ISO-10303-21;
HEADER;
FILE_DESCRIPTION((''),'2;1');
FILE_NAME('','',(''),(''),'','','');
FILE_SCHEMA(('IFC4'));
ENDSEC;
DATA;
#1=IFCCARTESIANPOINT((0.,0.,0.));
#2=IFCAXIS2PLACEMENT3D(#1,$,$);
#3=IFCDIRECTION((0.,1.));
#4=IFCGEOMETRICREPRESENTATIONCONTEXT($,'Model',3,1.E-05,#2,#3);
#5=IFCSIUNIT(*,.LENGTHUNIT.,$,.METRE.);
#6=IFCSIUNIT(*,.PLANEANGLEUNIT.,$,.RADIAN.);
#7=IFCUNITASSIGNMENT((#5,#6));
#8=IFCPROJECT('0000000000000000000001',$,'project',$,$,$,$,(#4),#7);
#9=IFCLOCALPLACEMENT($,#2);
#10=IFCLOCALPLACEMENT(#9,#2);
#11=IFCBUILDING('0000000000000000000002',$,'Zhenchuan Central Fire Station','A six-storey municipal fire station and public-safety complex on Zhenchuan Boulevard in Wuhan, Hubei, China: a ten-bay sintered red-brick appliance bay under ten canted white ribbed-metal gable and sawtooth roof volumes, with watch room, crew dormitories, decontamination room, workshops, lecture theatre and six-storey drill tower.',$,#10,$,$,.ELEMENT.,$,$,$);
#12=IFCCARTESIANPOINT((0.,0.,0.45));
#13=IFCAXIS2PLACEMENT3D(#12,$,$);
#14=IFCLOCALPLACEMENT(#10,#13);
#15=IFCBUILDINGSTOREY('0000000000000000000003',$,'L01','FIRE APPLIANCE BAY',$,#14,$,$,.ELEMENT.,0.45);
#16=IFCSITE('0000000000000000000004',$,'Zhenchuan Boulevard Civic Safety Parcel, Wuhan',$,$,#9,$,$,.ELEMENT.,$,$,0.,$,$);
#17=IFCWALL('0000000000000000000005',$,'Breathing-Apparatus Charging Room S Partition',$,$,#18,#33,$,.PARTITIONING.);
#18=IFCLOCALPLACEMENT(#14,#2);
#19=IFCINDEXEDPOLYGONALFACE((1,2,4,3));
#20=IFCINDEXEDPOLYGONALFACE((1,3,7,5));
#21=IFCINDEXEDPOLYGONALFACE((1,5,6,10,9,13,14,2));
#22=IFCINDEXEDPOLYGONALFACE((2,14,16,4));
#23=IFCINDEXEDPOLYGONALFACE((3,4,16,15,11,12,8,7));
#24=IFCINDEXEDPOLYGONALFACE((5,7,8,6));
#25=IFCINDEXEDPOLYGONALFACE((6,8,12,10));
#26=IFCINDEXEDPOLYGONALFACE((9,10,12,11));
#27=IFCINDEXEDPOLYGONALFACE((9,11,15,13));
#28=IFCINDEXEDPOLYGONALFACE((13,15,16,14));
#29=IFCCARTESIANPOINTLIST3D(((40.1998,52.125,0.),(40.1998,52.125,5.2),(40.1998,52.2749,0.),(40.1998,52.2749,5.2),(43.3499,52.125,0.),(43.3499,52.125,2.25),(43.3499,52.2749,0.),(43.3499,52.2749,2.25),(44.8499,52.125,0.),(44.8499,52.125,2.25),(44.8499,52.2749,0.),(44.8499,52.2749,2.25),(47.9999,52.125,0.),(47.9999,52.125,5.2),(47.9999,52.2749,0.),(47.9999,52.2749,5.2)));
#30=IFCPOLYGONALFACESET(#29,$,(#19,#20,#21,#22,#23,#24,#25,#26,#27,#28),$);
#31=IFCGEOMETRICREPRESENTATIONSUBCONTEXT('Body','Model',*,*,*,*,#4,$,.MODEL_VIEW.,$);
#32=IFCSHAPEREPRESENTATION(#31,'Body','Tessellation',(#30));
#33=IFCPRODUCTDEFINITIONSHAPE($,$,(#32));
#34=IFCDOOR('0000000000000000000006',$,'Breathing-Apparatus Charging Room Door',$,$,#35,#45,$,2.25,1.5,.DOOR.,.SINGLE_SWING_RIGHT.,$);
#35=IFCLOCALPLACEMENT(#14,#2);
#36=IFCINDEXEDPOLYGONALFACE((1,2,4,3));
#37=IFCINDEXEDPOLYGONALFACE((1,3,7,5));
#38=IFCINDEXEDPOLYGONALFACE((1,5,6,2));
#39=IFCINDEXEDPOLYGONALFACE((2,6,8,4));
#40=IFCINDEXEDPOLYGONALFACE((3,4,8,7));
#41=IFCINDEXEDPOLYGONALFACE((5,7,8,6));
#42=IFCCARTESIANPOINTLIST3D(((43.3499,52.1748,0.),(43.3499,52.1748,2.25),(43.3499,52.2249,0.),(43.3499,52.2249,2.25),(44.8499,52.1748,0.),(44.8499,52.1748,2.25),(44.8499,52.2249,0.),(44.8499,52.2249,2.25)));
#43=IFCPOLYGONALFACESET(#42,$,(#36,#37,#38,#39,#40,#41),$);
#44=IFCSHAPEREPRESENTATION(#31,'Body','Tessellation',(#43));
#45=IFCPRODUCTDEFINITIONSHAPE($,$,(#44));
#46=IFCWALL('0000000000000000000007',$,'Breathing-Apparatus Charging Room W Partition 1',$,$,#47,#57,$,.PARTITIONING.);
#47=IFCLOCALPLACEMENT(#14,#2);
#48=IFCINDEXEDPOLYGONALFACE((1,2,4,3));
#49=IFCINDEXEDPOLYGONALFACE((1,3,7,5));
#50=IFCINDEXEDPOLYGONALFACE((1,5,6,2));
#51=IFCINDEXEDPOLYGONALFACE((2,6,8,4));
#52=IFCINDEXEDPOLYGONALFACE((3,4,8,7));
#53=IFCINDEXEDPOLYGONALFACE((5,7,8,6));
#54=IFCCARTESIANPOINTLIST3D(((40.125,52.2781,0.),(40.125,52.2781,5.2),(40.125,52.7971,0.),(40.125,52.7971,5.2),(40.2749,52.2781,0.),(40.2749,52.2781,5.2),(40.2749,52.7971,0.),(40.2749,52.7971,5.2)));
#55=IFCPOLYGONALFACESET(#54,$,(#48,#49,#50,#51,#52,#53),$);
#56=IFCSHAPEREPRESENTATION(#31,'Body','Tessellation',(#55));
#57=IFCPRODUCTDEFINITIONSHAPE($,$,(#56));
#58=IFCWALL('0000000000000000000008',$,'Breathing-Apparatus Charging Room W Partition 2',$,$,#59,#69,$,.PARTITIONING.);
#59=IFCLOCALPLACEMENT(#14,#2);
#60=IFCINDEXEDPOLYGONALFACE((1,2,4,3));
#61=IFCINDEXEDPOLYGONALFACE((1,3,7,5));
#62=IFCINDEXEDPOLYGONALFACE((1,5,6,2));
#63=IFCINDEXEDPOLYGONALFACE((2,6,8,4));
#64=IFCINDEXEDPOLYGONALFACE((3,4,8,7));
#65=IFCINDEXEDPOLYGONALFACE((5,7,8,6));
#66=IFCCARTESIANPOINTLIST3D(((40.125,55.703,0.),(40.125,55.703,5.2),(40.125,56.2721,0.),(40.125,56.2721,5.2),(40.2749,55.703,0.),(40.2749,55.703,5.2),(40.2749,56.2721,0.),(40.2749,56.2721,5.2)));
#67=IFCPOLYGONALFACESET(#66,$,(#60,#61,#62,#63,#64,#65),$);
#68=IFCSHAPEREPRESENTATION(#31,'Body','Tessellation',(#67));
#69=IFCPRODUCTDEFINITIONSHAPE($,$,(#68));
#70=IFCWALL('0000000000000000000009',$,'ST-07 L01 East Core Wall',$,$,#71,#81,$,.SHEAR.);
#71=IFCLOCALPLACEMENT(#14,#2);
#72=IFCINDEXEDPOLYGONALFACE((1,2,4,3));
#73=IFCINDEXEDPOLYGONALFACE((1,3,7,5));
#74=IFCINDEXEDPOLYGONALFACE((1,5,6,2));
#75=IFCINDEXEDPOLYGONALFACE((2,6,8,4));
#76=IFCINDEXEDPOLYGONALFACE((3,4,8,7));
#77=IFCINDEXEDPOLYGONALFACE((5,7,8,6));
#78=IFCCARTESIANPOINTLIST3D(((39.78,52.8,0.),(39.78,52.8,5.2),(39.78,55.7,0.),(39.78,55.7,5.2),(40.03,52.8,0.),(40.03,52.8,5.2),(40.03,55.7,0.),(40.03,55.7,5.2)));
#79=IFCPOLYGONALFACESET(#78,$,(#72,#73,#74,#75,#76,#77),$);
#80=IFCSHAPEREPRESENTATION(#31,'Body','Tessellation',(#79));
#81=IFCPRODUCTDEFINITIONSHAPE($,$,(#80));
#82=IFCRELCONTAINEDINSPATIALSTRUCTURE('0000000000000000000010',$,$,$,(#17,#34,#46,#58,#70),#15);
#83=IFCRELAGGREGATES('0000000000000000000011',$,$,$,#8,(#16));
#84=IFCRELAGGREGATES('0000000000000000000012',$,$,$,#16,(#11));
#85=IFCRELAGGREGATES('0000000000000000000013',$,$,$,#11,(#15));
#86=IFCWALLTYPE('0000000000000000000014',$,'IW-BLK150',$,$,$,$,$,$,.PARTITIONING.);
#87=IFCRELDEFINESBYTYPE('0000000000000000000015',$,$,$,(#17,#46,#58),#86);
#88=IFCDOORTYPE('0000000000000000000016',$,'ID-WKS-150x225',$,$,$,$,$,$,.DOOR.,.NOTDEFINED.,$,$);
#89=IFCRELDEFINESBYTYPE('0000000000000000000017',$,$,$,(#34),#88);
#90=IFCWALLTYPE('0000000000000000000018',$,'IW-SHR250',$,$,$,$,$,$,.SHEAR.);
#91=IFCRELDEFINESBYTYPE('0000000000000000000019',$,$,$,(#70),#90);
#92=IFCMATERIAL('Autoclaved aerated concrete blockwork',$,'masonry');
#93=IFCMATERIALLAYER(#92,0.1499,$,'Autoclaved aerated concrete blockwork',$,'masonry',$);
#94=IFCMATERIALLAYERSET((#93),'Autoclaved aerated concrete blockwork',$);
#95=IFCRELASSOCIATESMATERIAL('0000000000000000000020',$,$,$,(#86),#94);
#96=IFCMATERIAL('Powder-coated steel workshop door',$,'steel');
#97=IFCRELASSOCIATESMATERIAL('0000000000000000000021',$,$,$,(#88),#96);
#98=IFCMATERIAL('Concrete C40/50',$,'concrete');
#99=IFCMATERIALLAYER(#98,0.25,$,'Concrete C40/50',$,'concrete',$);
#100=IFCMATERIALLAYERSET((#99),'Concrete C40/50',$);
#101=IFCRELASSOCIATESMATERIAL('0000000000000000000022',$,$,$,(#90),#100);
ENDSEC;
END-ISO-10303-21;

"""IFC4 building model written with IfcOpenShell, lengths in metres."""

from ifc_helpers import new_model, si_unit, direction, frame, frame_2d, origin, place, context, subcontext, project, spatial, rectangle, extrude, material, layer, layer_set, type_object, element, fill, save


model = new_model("IFC4")

# Units and contexts
model_context = context("Model", 3, precision=1e-05, world=origin(), true_north=direction((0.0, 1.0)))
body_context = subcontext(model_context, "Body", "Model", "MODEL_VIEW")
ifc_project = project(units=[si_unit("LENGTHUNIT", "METRE"), si_unit("PLANEANGLEUNIT", "RADIAN")], contexts=[model_context])

# Site, building, storey
site_placement = place(None, origin())
site = spatial("IfcSite", under=ifc_project, at=site_placement, Name="Zhenchuan Boulevard Civic Safety Parcel, Wuhan", CompositionType="ELEMENT", RefElevation=0.0)
building_placement = place(site_placement, origin())
building = spatial("IfcBuilding", under=site, at=building_placement, Name="Zhenchuan Central Fire Station", Description="A six-storey municipal fire station and public-safety complex on Zhenchuan Boulevard in Wuhan, Hubei, China: a ten-bay sintered red-brick appliance bay under ten canted white ribbed-metal gable and sawtooth roof volumes, with watch room, crew dormitories, decontamination room, workshops, lecture theatre and six-storey drill tower.", CompositionType="ELEMENT")
storey_placement = place(building_placement, frame((0.0, 0.0, 0.45)))
storey = spatial("IfcBuildingStorey", under=building, at=storey_placement, Name="L01", Description="FIRE APPLIANCE BAY", CompositionType="ELEMENT", Elevation=0.45)

# Shared definitions
ifc_material_1 = material(Name="Concrete C40/50", Category="concrete")

# Wall, opening, door
ifc_material_2 = material(Name="Autoclaved aerated concrete blockwork", Category="masonry")
ifc_layer_1 = layer(ifc_material_2, 0.1499, Name="Autoclaved aerated concrete blockwork", Category="masonry")
ifc_layer_set_1 = layer_set([ifc_layer_1], Name="Autoclaved aerated concrete blockwork")
wall_type_1 = type_object("IfcWallType", Name="IW-BLK150", PredefinedType="PARTITIONING", material=ifc_layer_set_1)
wall_1_placement = place(storey_placement, frame((40.2, 52.2, 0.0), z_axis=(0.0, 0.0, 1.0), x_axis=(1.0, 0.0, 0.0)))
wall_1 = element("IfcWall", 1, at=wall_1_placement, inside=storey, type_object=wall_type_1, Name="Breathing-Apparatus Charging Room S Partition", PredefinedType="PARTITIONING", context=body_context, shape_type="SweptSolid", body=[
    extrude(rectangle(XDim=7.8, YDim=0.1499, at=frame_2d((3.8999, 0.0))), origin(), (0.0, 0.0, 1.0), 5.2),
])
opening_placement = place(wall_1_placement, frame((3.1499, 0.0, 0.0)))
opening = element("IfcOpeningElement", 2, at=opening_placement, cuts=wall_1, PredefinedType="OPENING", context=body_context, shape_type="SweptSolid", body=[
    extrude(rectangle(XDim=1.5, YDim=2.25, at=frame_2d((0.75, 1.125))), frame((0.0, 0.085, 0.0), z_axis=(0.0, -1.0, 0.0), x_axis=(1.0, 0.0, 0.0)), (0.0, 0.0, 1.0), 0.1699),
])
ifc_material_3 = material(Name="Powder-coated steel workshop door", Category="steel")
door_type = type_object("IfcDoorType", Name="ID-WKS-150x225", OperationType="NOTDEFINED", PredefinedType="DOOR", material=ifc_material_3)
door_placement = place(opening_placement, origin())
door = element("IfcDoor", 3, at=door_placement, inside=storey, type_object=door_type, Name="Breathing-Apparatus Charging Room Door", OperationType="SINGLE_SWING_RIGHT", OverallHeight=2.25, OverallWidth=1.5, PredefinedType="DOOR", context=body_context, shape_type="SweptSolid", body=[
    extrude(rectangle(XDim=1.5, YDim=2.25, at=frame_2d((0.75, 1.125))), frame((0.0, 0.0249, 0.0), z_axis=(0.0, -1.0, 0.0), x_axis=(1.0, 0.0, 0.0)), (0.0, 0.0, 1.0), 0.05),
])
fill(opening, door)

# Walls
wall_2_placement = place(storey_placement, frame((40.2, 52.2781, 0.0), z_axis=(0.0, 0.0, 1.0), x_axis=(0.0, 1.0, 0.0)))
element("IfcWall", 4, at=wall_2_placement, inside=storey, type_object=wall_type_1, Name="Breathing-Apparatus Charging Room W Partition 1", PredefinedType="PARTITIONING", context=body_context, shape_type="SweptSolid", body=[
    extrude(rectangle(XDim=0.519, YDim=0.1499, at=frame_2d((0.2595, 0.0))), origin(), (0.0, 0.0, 1.0), 5.2),
])
wall_3_placement = place(storey_placement, frame((40.2, 55.7029, 0.0), z_axis=(0.0, 0.0, 1.0), x_axis=(0.0, 1.0, 0.0)))
element("IfcWall", 5, at=wall_3_placement, inside=storey, type_object=wall_type_1, Name="Breathing-Apparatus Charging Room W Partition 2", PredefinedType="PARTITIONING", context=body_context, shape_type="SweptSolid", body=[
    extrude(rectangle(XDim=0.5691, YDim=0.1499, at=frame_2d((0.2847, 0.0))), origin(), (0.0, 0.0, 1.0), 5.2),
])
ifc_layer_2 = layer(ifc_material_1, 0.25, Name="Concrete C40/50", Category="concrete")
ifc_layer_set_2 = layer_set([ifc_layer_2], Name="Concrete C40/50")
wall_type_2 = type_object("IfcWallType", Name="IW-SHR250", PredefinedType="SHEAR", material=ifc_layer_set_2)
wall_4_placement = place(storey_placement, frame((39.905, 52.8, 0.0), z_axis=(0.0, 0.0, 1.0), x_axis=(0.0, 1.0, 0.0)))
element("IfcWall", 6, at=wall_4_placement, inside=storey, type_object=wall_type_2, Name="ST-07 L01 East Core Wall", PredefinedType="SHEAR", context=body_context, shape_type="SweptSolid", body=[
    extrude(rectangle(XDim=2.8999, YDim=0.25, at=frame_2d((1.45, 0.0))), origin(), (0.0, 0.0, 1.0), 5.2),
])

save(model, "model.ifc")
